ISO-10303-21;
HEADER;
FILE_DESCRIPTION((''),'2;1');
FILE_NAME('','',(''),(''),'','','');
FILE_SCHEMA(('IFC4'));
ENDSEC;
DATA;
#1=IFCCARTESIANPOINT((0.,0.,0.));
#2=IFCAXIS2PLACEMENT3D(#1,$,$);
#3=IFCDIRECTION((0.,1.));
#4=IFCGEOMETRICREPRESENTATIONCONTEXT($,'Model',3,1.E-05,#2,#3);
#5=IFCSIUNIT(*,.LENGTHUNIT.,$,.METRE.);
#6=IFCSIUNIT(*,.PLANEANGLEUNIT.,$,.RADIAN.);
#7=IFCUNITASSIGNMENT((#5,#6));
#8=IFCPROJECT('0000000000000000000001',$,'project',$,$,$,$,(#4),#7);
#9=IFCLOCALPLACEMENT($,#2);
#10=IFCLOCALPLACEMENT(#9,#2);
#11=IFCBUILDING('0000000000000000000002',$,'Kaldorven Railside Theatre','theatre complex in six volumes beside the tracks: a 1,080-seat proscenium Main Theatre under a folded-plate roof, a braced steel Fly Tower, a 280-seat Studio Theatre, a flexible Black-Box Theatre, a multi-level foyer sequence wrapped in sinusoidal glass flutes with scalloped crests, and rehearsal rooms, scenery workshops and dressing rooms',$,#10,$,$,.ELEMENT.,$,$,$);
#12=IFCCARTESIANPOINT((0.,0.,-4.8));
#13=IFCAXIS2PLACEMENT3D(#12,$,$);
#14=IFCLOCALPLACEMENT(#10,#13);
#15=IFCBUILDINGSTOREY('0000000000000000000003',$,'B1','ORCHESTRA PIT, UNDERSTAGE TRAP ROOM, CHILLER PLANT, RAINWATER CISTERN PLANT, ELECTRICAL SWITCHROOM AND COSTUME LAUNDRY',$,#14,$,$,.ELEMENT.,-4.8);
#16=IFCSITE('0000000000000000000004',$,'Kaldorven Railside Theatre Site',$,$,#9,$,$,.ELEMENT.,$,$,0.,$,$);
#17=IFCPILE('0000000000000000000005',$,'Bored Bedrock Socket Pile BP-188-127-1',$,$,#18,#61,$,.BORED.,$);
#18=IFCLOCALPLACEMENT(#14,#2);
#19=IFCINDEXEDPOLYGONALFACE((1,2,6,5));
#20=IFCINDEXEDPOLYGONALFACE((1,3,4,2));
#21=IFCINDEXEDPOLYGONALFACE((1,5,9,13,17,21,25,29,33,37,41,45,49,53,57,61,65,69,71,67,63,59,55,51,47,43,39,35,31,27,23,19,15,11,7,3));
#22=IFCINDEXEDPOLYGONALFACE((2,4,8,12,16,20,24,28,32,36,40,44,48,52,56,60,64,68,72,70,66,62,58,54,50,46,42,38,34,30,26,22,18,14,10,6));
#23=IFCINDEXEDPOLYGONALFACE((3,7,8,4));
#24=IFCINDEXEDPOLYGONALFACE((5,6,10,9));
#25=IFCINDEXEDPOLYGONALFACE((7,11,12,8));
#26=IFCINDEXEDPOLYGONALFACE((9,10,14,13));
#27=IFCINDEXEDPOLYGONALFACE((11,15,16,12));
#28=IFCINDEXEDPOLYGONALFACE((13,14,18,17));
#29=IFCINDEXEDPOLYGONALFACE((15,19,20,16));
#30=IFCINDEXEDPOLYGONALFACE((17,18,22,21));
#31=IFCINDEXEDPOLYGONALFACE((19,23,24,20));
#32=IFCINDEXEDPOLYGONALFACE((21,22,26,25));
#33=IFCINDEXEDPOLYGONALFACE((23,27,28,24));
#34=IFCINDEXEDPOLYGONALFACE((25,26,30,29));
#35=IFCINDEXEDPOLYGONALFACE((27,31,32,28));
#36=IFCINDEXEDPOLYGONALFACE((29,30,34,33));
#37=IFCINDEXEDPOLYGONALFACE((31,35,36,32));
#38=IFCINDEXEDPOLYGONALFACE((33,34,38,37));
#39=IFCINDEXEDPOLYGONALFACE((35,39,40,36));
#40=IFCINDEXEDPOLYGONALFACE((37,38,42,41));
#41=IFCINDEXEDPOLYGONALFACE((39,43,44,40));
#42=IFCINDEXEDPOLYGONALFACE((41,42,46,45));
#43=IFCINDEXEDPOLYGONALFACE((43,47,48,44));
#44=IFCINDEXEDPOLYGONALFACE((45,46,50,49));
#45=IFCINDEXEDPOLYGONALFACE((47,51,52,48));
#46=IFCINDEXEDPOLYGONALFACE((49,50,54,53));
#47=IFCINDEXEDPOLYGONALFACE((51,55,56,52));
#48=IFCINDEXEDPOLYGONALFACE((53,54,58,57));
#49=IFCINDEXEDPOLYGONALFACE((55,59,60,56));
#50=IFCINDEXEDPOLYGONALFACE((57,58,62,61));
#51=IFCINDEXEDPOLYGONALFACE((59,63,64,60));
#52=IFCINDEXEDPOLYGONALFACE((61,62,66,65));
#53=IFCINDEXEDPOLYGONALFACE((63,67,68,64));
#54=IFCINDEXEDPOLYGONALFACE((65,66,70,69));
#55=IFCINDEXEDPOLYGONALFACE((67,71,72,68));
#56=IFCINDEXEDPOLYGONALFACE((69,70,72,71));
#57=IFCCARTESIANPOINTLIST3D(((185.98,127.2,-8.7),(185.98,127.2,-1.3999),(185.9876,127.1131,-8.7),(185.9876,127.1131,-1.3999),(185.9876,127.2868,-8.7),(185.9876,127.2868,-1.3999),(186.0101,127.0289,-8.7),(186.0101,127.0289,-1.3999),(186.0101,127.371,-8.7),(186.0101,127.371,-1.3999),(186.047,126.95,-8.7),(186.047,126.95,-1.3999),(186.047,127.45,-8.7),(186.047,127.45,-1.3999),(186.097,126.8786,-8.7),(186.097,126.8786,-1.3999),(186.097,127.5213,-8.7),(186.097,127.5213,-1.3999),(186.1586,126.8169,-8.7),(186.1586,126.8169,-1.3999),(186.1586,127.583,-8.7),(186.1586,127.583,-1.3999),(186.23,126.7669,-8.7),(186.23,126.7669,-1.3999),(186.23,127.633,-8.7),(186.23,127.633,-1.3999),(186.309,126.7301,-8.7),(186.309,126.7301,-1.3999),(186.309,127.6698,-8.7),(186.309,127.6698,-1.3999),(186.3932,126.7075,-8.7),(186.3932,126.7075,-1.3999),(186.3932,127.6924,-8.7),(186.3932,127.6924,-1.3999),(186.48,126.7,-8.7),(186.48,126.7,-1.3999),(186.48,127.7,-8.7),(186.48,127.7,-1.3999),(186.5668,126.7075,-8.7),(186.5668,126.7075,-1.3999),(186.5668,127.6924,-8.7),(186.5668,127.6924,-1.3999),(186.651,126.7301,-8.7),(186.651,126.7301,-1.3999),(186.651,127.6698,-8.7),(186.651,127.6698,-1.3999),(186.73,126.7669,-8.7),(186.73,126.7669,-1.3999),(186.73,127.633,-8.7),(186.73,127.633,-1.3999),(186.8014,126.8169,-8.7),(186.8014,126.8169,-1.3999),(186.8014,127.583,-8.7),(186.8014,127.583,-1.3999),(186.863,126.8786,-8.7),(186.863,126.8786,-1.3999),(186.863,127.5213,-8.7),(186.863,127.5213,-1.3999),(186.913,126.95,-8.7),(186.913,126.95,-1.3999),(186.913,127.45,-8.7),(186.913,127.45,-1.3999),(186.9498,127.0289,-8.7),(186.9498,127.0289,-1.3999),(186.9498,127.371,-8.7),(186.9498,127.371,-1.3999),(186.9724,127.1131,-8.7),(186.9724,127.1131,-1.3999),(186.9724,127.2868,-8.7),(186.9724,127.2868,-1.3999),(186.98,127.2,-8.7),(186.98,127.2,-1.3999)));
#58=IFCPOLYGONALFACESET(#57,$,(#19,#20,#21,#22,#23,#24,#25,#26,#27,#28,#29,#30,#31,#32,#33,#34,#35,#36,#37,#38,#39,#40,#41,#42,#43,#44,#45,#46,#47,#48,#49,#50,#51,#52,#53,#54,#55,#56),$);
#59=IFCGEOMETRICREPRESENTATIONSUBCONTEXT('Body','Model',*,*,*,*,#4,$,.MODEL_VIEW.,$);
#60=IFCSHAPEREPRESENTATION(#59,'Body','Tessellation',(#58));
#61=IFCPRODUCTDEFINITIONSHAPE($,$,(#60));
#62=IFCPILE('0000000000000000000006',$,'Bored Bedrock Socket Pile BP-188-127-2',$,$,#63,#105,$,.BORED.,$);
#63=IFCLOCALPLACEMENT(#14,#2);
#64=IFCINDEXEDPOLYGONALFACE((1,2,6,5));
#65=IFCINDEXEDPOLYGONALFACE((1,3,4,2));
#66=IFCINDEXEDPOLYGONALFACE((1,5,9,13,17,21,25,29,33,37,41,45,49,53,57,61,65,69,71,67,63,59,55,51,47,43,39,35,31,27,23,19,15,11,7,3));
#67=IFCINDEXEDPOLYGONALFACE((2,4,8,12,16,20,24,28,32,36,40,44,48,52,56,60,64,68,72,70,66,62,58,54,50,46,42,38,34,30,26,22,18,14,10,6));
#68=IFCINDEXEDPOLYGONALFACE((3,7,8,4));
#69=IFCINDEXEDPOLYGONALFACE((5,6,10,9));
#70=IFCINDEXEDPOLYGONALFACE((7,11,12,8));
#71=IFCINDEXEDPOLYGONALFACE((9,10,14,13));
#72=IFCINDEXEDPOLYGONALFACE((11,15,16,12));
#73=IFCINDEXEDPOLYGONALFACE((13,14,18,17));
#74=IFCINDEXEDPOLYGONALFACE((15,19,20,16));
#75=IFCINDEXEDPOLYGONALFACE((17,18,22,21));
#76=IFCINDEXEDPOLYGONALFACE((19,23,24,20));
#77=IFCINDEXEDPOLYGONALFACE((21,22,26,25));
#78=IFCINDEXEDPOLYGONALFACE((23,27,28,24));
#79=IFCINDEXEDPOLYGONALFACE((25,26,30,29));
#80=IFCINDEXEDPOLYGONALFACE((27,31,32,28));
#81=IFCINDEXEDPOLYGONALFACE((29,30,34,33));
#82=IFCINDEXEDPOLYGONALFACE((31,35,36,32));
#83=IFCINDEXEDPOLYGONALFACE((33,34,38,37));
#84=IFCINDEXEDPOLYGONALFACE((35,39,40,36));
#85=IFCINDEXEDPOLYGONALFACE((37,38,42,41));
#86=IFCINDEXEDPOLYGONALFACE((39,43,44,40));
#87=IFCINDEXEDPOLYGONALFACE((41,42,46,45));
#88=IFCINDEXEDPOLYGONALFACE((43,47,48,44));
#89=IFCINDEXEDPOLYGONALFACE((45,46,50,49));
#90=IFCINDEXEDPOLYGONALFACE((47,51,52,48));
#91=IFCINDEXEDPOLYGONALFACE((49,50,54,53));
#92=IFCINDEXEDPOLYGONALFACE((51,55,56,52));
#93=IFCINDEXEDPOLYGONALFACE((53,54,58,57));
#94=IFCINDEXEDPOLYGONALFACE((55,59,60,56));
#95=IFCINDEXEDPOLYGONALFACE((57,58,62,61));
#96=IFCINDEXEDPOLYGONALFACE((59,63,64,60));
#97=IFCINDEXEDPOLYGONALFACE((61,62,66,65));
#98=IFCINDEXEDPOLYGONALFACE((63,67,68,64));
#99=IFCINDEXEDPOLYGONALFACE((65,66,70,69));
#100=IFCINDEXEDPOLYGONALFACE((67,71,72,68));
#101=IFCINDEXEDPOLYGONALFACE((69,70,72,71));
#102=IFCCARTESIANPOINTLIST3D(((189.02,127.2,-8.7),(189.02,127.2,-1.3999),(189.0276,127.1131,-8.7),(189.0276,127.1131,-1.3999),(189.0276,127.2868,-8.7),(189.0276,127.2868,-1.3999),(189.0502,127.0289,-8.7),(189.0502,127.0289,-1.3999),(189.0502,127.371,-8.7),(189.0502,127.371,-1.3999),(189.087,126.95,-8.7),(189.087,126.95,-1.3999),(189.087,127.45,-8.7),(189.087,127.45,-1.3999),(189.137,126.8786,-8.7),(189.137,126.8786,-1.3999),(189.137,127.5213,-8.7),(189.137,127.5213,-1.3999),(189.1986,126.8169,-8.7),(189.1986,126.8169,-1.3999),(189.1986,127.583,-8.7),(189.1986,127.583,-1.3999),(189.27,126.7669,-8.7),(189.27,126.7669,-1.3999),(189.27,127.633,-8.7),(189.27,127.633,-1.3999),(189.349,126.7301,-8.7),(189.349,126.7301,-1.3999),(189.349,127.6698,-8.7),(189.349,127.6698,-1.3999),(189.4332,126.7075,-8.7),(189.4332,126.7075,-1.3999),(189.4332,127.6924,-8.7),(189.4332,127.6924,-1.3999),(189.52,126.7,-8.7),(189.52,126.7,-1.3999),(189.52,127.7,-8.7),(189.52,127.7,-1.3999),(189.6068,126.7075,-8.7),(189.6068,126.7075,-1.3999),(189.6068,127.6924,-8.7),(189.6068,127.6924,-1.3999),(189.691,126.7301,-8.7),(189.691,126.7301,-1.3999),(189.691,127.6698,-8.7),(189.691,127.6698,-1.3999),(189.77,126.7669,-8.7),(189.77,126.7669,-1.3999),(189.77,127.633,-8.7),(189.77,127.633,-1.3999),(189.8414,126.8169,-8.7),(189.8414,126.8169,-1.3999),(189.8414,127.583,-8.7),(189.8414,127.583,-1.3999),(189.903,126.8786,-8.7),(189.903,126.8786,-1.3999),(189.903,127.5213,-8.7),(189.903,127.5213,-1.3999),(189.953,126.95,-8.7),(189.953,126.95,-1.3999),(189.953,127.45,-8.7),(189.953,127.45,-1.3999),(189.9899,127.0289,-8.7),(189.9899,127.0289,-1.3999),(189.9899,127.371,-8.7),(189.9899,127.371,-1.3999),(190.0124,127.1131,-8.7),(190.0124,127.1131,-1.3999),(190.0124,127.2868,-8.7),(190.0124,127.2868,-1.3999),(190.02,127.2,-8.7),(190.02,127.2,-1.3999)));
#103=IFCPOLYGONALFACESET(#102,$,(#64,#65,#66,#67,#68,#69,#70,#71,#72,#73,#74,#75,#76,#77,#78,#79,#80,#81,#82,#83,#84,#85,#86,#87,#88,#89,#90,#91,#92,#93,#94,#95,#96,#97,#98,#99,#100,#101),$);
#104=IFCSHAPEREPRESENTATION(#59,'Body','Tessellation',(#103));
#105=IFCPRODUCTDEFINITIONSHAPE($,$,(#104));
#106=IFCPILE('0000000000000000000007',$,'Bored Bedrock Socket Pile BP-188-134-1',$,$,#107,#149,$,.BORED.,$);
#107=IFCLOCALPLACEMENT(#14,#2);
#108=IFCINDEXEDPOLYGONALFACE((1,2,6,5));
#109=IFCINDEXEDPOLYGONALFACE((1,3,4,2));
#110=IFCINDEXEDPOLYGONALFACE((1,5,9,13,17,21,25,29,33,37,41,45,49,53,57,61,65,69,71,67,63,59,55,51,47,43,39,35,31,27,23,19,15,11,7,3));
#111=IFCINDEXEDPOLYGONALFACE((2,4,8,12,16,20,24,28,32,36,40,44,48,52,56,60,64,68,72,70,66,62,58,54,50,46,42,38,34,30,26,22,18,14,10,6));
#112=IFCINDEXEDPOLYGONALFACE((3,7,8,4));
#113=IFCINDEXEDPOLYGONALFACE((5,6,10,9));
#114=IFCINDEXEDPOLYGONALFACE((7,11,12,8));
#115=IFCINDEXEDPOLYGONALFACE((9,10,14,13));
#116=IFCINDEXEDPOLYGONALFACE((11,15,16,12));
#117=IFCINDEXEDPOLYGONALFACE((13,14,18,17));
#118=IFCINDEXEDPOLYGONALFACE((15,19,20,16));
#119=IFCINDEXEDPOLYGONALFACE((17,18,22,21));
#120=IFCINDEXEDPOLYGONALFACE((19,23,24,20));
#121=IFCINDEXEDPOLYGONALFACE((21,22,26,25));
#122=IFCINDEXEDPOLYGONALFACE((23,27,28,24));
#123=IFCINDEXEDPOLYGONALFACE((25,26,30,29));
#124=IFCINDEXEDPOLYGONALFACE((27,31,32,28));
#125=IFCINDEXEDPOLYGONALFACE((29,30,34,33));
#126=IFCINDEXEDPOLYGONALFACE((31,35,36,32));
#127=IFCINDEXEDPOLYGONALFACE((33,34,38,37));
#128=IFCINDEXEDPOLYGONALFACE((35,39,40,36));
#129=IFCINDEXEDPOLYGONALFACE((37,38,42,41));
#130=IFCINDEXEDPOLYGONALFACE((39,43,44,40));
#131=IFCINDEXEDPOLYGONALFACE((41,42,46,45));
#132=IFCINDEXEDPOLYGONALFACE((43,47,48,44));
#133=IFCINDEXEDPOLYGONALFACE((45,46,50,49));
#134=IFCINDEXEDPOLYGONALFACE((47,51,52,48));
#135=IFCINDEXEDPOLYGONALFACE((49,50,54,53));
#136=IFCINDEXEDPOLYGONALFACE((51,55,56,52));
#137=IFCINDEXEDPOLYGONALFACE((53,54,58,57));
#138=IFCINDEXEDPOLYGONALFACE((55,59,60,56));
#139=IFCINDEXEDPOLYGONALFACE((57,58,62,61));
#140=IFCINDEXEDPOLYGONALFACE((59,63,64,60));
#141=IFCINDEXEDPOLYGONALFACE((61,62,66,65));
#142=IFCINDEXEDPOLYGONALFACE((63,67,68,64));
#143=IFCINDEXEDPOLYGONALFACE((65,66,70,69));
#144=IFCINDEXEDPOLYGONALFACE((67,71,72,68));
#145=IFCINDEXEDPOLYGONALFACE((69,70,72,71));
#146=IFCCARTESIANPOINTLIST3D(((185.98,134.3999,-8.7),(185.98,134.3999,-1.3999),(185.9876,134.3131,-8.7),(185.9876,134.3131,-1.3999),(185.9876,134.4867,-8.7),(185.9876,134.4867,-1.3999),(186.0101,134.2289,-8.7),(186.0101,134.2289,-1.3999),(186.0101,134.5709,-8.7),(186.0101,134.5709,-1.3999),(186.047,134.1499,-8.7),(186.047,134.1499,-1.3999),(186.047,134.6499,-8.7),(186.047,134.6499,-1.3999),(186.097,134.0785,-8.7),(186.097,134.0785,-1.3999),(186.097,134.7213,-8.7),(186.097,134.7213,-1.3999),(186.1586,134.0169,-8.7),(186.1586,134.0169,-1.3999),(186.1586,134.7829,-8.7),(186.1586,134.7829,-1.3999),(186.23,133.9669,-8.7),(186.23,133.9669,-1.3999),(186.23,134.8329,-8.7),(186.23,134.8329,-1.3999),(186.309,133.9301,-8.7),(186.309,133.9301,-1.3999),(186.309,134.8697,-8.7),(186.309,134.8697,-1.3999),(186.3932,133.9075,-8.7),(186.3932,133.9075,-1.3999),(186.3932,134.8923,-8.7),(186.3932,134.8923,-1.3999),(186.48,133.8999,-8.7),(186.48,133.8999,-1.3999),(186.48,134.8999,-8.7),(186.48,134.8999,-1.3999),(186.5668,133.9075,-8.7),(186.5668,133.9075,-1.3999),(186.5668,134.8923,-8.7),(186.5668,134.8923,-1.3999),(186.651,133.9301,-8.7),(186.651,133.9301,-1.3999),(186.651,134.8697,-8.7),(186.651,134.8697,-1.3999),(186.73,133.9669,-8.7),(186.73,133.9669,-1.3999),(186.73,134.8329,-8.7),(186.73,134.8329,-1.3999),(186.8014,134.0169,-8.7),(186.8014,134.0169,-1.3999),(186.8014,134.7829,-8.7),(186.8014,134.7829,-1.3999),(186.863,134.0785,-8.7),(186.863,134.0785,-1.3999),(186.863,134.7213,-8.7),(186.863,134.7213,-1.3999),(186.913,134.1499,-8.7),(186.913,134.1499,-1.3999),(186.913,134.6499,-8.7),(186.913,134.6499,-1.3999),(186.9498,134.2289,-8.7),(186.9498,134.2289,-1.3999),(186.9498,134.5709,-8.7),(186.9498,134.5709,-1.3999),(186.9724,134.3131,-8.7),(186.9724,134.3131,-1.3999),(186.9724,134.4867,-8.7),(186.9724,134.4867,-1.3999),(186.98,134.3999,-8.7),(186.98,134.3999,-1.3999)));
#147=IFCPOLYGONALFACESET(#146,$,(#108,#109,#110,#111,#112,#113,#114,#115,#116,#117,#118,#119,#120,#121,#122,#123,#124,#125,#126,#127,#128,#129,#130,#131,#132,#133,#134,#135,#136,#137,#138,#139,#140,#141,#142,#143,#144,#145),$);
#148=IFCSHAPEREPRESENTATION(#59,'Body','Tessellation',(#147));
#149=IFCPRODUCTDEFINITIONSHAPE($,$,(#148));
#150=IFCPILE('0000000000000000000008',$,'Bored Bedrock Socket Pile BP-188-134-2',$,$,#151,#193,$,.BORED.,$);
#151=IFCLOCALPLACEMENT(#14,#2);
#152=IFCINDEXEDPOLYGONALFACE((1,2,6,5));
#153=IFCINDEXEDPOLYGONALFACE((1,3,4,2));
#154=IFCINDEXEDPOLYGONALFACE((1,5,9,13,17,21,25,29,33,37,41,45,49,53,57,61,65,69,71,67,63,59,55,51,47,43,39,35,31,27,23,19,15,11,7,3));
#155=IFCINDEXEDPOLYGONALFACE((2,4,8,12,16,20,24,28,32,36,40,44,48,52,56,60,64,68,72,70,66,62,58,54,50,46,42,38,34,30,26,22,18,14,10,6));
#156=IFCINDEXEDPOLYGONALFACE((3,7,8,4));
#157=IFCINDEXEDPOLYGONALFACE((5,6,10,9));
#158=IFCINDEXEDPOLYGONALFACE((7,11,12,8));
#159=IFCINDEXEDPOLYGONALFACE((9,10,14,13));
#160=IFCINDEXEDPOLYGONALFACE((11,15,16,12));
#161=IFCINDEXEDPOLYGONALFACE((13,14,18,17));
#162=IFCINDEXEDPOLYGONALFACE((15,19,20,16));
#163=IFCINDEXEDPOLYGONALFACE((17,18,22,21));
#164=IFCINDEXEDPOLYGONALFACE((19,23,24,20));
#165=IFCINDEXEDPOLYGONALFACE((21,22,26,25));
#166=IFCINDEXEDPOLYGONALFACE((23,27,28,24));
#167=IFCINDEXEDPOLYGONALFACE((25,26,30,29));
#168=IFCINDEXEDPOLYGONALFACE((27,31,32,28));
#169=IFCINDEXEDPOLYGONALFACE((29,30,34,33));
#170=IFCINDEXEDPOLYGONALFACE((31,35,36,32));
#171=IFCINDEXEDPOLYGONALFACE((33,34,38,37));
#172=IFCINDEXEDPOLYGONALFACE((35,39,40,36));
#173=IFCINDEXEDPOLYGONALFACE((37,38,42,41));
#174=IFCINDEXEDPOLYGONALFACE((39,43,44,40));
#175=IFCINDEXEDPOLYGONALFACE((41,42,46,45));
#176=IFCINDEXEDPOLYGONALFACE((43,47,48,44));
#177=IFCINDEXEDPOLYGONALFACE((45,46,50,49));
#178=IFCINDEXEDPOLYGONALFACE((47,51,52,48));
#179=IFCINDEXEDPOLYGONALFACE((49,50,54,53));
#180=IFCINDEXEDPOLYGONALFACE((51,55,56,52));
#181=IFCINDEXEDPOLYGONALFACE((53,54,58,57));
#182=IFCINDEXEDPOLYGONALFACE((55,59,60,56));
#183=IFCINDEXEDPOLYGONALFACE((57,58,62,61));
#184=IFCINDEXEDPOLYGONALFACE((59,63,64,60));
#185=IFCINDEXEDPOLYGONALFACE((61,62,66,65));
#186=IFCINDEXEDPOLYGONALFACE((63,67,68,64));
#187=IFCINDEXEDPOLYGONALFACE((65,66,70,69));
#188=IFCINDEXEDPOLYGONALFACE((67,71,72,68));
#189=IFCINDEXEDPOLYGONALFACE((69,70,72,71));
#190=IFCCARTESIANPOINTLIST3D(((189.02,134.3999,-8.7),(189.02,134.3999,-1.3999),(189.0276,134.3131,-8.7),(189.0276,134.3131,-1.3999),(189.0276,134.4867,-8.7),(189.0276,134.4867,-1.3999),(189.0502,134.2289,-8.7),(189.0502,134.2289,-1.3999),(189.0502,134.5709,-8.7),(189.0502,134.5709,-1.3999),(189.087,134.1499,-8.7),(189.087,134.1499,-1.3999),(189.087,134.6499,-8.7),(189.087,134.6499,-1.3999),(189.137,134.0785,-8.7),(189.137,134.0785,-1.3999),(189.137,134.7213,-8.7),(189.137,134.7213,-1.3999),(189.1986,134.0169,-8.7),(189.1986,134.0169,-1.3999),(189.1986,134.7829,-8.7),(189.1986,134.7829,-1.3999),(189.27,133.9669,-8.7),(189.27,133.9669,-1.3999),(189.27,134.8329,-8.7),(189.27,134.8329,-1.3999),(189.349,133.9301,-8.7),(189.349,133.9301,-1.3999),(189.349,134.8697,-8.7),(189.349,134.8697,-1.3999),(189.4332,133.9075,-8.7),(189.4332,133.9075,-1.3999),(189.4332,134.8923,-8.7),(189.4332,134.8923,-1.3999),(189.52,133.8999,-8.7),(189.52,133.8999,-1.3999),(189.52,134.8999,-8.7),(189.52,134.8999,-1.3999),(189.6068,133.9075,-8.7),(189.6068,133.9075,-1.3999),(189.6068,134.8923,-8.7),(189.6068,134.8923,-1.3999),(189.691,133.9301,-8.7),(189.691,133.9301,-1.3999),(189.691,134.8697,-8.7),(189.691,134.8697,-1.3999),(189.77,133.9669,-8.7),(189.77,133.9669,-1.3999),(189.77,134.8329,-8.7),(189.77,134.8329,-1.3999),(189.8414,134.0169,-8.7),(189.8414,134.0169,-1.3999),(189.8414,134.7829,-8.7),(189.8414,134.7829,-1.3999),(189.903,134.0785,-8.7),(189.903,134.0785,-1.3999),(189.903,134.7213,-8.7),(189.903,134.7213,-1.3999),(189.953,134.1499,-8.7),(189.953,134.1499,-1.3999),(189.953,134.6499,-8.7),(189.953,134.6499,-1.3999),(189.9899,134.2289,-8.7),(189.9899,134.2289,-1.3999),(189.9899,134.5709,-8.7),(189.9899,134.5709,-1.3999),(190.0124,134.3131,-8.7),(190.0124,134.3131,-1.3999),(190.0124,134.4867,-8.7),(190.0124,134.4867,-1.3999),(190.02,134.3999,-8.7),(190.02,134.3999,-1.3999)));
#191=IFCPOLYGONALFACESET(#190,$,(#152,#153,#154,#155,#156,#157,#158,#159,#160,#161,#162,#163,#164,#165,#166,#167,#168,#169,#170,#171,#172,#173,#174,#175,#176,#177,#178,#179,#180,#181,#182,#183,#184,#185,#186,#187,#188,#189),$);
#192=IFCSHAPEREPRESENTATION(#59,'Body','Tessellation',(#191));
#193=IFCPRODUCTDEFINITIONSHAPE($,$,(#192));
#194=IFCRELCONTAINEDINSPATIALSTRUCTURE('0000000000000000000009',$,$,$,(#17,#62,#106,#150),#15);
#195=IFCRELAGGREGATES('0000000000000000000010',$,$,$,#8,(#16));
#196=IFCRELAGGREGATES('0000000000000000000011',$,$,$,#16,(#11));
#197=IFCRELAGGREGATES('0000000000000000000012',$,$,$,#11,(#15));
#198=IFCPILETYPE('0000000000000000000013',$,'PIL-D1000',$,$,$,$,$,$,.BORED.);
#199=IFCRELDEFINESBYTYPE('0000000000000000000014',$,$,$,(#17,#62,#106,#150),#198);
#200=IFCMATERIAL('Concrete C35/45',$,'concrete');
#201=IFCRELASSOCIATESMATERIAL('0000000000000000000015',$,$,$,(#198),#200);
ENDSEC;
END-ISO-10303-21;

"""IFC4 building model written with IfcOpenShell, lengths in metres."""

from ifc_helpers import new_model, si_unit, direction, frame, origin, origin_2d, place, context, subcontext, project, spatial, circle, extrude, material, material_profile, profile_set, type_object, element, save


model = new_model("IFC4")

# Units and contexts
model_context = context("Model", 3, precision=1e-05, world=origin(), true_north=direction((0.0, 1.0)))
body_context = subcontext(model_context, "Body", "Model", "MODEL_VIEW")
ifc_project = project(units=[si_unit("LENGTHUNIT", "METRE"), si_unit("PLANEANGLEUNIT", "RADIAN")], contexts=[model_context])

# Site, building, storey
site_placement = place(None, origin())
site = spatial("IfcSite", under=ifc_project, at=site_placement, Name="Kaldorven Railside Theatre Site", CompositionType="ELEMENT", RefElevation=0.0)
building_placement = place(site_placement, origin())
building = spatial("IfcBuilding", under=site, at=building_placement, Name="Kaldorven Railside Theatre", Description="theatre complex in six volumes beside the tracks: a 1,080-seat proscenium Main Theatre under a folded-plate roof, a braced steel Fly Tower, a 280-seat Studio Theatre, a flexible Black-Box Theatre, a multi-level foyer sequence wrapped in sinusoidal glass flutes with scalloped crests, and rehearsal rooms, scenery workshops and dressing rooms", CompositionType="ELEMENT")
storey_placement = place(building_placement, frame((0.0, 0.0, -4.8)))
storey = spatial("IfcBuildingStorey", under=building, at=storey_placement, Name="B1", Description="ORCHESTRA PIT, UNDERSTAGE TRAP ROOM, CHILLER PLANT, RAINWATER CISTERN PLANT, ELECTRICAL SWITCHROOM AND COSTUME LAUNDRY", CompositionType="ELEMENT", Elevation=-4.8)

# Piles
ifc_material_1 = material(Name="Concrete C35/45", Category="concrete")
ifc_material_profile_1 = material_profile(ifc_material_1, circle(Radius=0.5, at=origin_2d()), Name="BP D1000")
ifc_profile_set_1 = profile_set([ifc_material_profile_1], Name="Concrete C35/45")
pile_type_1 = type_object("IfcPileType", Name="PIL-D1000", PredefinedType="BORED", material=ifc_profile_set_1)
for number, where, z_axis, x_axis, name in (
    (1, (186.48, 127.2, -1.3999), (0.0, 0.0, -1.0), (1.0, 0.0, 0.0), "Bored Bedrock Socket Pile BP-188-127-1"),
    (2, (189.52, 127.2, -1.3999), (0.0, 0.0, -1.0), (1.0, 0.0, 0.0), "Bored Bedrock Socket Pile BP-188-127-2"),
    (3, (186.48, 134.3999, -1.3999), (0.0, 0.0, -1.0), (1.0, 0.0, 0.0), "Bored Bedrock Socket Pile BP-188-134-1"),
    (4, (189.52, 134.3999, -1.3999), (0.0, 0.0, -1.0), (1.0, 0.0, 0.0), "Bored Bedrock Socket Pile BP-188-134-2"),
):
    element("IfcPile", number, at=place(storey_placement, frame(where, z_axis=z_axis, x_axis=x_axis)), inside=storey, type_object=pile_type_1, Name=name, PredefinedType="BORED", context=body_context, shape_type="SweptSolid", body=[
        extrude(circle(Radius=0.5, at=origin_2d()), origin(), (0.0, 0.0, 1.0), 7.3),
    ])

save(model, "model.ifc")
